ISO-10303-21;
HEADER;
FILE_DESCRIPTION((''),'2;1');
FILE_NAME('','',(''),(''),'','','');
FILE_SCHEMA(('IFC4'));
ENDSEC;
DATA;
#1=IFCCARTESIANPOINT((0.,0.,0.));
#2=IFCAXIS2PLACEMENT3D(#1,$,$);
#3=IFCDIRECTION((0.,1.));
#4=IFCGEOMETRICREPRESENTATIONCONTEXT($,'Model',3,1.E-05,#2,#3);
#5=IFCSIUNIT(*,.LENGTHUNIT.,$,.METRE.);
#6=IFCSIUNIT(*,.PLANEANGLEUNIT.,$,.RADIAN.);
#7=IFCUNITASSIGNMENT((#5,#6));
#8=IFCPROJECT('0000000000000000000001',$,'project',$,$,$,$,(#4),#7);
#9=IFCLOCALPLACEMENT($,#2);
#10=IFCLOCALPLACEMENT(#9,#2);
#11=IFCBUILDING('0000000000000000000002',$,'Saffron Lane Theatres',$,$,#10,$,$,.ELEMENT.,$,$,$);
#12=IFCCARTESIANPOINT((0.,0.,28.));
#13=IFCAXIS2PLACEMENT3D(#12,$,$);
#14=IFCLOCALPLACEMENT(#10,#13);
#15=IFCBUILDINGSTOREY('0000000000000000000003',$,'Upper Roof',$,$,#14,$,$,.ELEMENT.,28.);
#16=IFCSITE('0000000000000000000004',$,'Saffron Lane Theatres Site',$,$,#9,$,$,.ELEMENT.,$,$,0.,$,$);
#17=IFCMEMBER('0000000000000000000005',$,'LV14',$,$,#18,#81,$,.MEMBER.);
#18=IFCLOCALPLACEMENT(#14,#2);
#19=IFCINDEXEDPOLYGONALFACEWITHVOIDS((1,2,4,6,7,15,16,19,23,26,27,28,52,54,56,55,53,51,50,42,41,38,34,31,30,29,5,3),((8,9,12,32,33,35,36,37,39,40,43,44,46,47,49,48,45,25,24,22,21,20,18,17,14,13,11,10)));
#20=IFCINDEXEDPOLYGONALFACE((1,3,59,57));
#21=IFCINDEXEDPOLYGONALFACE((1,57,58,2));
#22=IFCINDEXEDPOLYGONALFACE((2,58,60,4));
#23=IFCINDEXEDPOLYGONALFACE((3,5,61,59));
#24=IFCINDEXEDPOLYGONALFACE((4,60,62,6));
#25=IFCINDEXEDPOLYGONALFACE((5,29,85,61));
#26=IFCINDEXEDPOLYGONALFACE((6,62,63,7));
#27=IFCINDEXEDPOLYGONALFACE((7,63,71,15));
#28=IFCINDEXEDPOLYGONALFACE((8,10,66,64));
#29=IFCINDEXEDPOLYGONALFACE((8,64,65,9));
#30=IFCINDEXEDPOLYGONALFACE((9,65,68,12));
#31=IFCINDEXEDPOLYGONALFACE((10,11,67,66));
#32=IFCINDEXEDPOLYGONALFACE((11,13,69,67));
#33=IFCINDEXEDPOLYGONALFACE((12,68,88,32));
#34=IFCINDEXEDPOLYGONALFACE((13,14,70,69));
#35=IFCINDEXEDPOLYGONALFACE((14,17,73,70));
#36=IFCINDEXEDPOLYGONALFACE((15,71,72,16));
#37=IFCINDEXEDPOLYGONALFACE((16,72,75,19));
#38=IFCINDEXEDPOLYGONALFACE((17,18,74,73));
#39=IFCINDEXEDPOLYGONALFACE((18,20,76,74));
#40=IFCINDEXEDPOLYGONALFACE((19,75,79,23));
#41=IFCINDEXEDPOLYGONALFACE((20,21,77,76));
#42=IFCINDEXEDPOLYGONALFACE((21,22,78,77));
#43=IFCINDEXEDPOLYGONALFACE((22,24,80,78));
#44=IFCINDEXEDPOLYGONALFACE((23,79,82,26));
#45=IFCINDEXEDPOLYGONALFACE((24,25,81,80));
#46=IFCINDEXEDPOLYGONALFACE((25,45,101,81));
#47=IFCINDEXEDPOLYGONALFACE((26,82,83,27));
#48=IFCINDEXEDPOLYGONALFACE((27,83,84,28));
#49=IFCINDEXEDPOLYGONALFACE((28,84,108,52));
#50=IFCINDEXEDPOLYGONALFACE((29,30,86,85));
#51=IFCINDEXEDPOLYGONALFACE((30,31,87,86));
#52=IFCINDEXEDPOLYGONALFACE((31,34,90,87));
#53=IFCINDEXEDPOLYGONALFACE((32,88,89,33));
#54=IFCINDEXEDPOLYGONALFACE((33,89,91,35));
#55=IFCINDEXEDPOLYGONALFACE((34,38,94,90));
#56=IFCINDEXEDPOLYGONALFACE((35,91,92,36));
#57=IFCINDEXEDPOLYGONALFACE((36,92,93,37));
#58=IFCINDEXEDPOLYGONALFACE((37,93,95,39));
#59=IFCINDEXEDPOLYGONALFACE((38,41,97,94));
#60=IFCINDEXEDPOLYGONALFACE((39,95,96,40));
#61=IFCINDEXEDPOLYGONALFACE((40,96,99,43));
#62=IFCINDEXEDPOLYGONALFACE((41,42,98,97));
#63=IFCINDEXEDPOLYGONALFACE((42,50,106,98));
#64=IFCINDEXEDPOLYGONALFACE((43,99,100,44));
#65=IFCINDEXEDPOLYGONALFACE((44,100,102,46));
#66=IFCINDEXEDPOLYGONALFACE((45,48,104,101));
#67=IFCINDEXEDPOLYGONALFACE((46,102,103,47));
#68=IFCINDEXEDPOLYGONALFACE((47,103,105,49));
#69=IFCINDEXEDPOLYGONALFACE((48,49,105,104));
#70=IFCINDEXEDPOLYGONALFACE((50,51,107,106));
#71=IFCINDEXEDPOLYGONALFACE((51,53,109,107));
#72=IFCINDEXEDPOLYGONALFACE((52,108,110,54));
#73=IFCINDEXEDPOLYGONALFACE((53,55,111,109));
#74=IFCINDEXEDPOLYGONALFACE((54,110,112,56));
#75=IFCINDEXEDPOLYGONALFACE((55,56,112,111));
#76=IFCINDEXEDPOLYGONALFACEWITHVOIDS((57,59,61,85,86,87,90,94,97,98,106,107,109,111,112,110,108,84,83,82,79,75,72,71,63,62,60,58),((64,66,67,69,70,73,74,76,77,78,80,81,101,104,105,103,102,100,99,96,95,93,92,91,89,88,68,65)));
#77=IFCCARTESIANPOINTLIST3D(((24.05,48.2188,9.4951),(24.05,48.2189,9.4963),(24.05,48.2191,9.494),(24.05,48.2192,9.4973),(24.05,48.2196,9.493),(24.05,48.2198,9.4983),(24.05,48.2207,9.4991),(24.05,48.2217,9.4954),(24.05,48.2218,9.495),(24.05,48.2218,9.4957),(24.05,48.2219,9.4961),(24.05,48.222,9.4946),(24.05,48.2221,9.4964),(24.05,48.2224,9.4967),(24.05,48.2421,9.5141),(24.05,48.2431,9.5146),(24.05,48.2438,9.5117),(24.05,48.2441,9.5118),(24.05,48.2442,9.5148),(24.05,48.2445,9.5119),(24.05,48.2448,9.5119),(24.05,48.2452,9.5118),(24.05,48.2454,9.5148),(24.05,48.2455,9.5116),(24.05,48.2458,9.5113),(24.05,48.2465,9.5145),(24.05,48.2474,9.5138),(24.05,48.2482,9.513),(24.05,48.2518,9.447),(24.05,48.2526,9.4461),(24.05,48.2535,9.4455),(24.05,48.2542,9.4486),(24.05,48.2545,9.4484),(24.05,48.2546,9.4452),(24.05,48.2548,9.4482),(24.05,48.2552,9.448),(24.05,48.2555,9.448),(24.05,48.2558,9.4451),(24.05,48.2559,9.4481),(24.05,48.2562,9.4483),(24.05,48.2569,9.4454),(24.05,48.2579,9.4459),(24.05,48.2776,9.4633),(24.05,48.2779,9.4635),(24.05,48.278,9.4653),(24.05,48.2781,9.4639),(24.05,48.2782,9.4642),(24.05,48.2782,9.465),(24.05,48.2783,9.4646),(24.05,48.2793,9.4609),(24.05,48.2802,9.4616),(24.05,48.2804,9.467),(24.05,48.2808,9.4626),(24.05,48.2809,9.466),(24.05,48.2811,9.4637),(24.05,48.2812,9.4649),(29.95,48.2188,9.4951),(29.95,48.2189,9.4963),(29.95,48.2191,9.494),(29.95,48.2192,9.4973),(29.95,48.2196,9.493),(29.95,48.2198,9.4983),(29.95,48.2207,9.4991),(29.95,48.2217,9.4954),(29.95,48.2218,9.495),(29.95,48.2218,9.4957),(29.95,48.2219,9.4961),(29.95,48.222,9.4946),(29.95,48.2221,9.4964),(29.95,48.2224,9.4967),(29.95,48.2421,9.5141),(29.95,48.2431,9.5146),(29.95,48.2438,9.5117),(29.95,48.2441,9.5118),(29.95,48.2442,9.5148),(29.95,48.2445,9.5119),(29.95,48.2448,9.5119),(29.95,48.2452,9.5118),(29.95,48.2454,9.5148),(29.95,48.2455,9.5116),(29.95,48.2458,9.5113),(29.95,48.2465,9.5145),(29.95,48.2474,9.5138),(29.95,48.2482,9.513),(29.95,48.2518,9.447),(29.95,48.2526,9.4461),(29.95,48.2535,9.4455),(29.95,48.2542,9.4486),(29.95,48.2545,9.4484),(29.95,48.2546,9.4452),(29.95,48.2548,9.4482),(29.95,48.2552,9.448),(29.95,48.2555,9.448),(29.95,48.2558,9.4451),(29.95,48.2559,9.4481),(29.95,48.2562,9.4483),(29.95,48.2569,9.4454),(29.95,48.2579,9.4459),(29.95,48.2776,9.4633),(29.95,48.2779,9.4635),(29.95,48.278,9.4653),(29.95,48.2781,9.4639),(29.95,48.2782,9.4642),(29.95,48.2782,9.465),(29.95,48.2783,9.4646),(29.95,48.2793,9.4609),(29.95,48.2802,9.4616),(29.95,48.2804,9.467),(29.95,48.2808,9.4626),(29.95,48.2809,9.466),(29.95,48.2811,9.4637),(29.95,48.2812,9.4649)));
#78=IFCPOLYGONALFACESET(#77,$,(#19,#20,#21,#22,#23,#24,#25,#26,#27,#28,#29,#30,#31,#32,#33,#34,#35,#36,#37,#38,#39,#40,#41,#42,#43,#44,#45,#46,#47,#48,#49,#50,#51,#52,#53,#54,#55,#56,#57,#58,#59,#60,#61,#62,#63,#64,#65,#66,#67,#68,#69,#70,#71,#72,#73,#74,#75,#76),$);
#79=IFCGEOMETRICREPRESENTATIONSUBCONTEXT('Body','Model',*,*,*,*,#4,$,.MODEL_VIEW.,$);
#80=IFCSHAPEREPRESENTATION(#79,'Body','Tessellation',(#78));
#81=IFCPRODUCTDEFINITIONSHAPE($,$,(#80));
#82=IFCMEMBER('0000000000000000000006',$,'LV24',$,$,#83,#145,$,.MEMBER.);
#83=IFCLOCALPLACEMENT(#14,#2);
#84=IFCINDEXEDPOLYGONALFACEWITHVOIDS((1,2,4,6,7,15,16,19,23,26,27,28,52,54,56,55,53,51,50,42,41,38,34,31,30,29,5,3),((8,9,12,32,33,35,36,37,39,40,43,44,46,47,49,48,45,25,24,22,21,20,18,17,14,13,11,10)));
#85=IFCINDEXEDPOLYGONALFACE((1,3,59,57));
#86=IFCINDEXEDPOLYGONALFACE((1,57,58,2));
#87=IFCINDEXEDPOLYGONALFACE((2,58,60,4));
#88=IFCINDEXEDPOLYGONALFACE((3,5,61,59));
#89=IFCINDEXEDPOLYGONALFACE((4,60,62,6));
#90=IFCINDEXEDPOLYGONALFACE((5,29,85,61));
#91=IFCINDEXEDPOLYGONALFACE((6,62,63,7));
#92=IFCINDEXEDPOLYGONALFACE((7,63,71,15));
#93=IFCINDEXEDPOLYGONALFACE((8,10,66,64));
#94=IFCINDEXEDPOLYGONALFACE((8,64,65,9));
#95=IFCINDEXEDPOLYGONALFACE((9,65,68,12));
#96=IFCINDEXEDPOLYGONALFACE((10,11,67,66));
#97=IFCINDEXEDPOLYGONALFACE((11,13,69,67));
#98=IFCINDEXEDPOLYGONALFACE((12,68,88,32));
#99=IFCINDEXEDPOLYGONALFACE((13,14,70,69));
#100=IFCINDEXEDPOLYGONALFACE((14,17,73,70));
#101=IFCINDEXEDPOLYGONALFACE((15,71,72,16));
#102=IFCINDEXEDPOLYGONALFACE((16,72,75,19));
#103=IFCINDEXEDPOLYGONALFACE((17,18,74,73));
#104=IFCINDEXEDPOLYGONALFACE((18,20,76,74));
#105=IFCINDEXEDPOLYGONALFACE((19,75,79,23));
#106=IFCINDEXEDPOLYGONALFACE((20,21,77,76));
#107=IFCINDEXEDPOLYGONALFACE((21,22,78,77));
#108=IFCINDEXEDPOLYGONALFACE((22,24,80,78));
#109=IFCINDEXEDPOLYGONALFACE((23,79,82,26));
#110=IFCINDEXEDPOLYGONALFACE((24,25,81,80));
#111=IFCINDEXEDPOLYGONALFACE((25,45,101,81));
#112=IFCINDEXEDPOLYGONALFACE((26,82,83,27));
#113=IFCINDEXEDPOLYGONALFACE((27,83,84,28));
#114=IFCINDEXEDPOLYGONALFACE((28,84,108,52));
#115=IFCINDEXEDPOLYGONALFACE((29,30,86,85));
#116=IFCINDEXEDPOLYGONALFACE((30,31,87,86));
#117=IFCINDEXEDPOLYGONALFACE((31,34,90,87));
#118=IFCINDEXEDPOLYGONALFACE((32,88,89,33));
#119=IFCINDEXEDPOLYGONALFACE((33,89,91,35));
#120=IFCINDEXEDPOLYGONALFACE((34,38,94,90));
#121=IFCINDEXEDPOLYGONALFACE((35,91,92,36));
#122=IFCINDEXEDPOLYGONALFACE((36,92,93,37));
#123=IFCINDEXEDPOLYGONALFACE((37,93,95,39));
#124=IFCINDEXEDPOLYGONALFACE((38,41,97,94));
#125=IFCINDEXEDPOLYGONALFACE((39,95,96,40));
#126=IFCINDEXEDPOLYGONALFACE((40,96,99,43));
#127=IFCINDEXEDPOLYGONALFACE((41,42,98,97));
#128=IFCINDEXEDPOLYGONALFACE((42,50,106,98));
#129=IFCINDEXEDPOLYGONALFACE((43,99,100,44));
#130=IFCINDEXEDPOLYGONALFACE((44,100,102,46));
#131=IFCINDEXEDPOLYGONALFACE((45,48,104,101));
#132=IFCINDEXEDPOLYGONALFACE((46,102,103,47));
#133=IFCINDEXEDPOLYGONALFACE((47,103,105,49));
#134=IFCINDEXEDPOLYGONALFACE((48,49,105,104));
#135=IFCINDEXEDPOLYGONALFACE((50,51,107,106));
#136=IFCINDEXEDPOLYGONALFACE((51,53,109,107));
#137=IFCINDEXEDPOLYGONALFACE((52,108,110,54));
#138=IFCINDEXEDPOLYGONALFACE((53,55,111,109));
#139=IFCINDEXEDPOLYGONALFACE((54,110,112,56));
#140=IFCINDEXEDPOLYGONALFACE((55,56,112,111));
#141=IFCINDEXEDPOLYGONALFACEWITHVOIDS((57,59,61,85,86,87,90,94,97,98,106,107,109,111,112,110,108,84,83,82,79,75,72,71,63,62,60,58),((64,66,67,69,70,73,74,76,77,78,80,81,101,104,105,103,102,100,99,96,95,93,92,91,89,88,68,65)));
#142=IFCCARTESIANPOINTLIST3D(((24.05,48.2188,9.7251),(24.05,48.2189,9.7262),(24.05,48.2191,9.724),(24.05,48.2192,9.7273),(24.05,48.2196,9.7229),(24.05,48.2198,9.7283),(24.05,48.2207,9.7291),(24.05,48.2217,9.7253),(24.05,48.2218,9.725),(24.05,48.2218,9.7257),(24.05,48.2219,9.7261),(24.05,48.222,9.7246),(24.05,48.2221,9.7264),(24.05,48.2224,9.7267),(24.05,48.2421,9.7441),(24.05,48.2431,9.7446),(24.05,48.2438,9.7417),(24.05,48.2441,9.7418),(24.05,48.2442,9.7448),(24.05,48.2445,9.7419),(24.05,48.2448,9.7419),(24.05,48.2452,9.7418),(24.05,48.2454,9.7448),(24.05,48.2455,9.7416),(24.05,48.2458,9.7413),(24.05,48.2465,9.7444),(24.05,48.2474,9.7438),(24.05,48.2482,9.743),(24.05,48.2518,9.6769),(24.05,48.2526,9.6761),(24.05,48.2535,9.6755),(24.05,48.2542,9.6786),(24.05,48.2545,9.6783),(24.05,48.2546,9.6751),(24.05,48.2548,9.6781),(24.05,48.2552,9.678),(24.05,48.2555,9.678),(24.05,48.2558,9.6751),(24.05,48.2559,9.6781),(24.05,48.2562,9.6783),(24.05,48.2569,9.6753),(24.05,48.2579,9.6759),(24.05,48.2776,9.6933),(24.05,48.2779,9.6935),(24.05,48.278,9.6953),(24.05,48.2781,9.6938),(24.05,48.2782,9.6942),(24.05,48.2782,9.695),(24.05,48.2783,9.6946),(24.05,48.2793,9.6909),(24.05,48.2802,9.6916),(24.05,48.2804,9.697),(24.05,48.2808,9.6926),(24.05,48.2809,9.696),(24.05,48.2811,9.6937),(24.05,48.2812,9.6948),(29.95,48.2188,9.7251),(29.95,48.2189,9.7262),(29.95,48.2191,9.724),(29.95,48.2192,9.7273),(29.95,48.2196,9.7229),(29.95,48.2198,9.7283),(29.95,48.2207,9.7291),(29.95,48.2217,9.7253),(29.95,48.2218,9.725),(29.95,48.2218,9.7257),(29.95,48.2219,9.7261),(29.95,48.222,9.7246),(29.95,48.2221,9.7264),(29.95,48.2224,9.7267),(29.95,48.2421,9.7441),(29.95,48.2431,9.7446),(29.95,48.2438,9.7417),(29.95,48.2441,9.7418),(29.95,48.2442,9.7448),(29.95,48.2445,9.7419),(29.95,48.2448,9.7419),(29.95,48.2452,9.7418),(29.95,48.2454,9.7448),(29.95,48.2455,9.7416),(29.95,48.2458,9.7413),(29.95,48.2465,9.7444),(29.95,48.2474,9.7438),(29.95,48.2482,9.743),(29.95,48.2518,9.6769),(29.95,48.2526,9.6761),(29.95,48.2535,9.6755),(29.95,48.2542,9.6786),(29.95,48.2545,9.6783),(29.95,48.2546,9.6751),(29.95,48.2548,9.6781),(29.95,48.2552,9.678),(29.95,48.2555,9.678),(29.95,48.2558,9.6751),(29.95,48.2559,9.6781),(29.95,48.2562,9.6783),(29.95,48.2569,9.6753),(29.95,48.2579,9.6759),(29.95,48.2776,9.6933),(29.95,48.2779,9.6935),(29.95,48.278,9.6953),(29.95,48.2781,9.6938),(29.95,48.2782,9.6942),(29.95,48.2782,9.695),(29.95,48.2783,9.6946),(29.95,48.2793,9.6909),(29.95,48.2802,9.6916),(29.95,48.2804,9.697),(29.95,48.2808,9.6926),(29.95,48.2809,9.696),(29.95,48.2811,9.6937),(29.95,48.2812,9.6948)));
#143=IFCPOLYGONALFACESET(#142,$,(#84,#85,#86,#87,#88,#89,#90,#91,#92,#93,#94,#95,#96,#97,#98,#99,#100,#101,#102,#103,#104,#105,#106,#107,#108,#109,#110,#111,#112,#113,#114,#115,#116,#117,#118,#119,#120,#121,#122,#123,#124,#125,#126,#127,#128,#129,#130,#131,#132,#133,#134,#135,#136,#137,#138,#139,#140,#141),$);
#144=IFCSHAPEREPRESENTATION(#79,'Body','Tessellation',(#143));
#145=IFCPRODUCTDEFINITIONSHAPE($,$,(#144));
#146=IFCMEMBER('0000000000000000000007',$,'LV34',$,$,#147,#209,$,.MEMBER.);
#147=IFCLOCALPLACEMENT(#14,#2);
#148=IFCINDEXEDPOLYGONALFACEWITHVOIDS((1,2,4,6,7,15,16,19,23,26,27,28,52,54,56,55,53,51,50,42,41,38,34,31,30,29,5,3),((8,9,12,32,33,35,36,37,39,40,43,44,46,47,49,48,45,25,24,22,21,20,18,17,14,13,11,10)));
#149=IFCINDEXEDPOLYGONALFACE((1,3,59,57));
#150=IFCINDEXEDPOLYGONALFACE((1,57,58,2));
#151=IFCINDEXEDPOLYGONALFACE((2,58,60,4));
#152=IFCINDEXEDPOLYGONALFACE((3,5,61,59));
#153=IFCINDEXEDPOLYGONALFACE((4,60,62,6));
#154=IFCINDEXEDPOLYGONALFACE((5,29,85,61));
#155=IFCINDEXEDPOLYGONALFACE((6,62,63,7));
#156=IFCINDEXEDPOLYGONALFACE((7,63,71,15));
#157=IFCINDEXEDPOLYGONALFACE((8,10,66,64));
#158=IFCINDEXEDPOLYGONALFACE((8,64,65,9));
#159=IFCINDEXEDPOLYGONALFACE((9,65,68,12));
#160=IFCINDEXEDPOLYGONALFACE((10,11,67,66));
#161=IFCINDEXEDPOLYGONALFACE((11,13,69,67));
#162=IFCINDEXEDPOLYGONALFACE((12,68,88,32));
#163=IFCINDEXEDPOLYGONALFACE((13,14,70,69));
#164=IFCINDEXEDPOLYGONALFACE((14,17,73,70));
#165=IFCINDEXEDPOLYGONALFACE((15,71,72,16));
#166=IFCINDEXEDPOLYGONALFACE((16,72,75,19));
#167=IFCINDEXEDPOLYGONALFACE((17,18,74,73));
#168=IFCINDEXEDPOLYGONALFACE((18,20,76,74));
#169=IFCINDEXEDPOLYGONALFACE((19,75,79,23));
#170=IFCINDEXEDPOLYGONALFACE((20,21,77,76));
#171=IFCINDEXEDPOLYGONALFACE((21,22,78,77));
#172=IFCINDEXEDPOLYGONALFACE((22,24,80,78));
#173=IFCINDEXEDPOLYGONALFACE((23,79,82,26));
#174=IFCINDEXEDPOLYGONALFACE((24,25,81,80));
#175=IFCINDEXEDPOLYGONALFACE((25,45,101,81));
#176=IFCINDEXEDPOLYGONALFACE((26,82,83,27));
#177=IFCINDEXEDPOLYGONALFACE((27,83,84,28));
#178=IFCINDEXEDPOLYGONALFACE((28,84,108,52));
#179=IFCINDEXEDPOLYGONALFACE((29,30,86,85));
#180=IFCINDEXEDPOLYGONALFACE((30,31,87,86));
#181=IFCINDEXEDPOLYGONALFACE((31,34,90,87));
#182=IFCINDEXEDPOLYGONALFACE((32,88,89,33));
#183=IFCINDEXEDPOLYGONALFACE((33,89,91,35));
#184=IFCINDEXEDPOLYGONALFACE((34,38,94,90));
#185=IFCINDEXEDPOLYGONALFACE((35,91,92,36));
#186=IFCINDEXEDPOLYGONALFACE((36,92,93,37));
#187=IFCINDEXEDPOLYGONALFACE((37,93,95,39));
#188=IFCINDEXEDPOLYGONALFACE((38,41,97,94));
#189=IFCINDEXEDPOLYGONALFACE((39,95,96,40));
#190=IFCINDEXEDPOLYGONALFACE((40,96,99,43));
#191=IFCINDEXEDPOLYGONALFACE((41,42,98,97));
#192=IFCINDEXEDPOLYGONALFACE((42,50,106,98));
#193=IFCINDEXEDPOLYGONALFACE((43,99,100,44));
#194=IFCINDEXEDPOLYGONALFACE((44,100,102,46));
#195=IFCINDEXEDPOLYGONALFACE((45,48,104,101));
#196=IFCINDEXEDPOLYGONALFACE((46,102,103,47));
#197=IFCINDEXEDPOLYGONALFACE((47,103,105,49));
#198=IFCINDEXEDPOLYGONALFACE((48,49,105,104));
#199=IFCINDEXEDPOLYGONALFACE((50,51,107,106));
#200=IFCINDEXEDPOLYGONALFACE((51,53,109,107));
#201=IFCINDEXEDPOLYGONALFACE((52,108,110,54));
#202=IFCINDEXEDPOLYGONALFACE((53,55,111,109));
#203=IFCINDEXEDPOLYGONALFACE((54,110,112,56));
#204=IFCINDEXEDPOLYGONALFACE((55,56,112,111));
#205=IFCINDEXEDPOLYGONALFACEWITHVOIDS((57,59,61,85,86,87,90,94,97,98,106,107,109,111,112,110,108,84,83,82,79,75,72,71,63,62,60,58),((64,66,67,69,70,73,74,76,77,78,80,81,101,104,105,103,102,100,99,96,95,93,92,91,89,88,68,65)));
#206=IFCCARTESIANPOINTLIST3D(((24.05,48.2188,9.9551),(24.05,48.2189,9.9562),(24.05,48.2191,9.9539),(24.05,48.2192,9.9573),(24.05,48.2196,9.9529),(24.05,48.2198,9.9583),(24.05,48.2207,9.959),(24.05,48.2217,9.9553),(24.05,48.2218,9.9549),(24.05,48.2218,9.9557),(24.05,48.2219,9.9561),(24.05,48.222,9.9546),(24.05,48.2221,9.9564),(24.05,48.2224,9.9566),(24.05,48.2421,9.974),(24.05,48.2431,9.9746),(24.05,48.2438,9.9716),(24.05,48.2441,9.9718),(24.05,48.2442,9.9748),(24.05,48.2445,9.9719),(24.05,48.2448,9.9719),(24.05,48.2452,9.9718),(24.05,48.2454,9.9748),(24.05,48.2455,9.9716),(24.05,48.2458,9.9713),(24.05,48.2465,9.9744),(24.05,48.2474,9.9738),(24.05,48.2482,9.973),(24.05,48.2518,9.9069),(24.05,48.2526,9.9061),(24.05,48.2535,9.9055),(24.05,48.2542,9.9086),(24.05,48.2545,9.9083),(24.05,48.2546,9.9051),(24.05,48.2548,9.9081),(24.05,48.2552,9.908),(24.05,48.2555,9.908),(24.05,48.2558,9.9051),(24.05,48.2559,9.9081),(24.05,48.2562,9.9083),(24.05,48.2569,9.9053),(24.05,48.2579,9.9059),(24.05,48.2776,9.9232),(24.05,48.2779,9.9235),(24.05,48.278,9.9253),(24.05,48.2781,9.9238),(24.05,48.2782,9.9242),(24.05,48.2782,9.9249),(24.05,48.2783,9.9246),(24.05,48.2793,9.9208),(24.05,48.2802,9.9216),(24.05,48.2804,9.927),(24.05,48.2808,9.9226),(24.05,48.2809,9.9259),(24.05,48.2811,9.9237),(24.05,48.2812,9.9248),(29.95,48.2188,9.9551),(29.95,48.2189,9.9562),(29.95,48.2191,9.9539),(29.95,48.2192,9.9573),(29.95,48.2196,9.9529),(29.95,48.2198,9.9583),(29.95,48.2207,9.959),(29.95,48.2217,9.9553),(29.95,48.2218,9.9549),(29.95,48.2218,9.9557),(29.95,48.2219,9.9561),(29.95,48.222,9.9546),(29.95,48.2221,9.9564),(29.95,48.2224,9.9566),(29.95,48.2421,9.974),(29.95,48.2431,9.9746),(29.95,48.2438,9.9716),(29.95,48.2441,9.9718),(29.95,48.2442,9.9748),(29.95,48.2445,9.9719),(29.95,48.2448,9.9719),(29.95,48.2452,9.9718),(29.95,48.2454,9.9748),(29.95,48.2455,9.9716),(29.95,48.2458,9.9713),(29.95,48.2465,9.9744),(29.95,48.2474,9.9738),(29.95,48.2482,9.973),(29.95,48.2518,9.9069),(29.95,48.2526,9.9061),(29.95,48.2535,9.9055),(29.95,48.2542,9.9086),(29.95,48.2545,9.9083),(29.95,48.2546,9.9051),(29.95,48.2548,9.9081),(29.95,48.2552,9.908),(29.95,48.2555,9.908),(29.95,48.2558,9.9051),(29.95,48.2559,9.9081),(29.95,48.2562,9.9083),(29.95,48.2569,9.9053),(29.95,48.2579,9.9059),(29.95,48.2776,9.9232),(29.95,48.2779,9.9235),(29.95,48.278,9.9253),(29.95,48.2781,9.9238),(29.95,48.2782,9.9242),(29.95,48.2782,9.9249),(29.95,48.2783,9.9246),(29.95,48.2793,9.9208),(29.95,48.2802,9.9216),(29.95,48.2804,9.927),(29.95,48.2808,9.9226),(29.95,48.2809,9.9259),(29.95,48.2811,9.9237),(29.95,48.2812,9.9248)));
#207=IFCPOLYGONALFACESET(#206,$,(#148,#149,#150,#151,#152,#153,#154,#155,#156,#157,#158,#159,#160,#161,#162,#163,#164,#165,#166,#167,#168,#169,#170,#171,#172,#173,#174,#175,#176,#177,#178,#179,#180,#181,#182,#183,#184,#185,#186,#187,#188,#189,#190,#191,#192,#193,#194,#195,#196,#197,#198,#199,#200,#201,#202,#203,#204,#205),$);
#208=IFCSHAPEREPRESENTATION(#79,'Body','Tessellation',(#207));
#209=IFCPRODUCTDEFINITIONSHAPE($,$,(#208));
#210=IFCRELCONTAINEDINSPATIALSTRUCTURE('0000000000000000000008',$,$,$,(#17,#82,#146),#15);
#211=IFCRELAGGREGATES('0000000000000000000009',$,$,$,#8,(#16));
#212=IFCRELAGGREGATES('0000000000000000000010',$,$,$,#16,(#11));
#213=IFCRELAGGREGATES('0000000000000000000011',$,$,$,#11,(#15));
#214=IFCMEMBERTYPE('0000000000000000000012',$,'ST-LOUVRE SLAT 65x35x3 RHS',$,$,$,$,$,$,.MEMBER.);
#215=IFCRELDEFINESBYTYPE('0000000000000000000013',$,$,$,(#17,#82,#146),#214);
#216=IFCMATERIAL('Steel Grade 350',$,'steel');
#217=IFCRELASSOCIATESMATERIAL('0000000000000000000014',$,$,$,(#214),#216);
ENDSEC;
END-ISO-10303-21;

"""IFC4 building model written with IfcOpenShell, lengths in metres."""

from ifc_helpers import new_model, si_unit, direction, frame, origin, origin_2d, place, context, subcontext, project, spatial, hollow_rectangle, extrude, material, material_profile, profile_set, type_object, element, save


model = new_model("IFC4")

# Units and contexts
model_context = context("Model", 3, precision=1e-05, world=origin(), true_north=direction((0.0, 1.0)))
body_context = subcontext(model_context, "Body", "Model", "MODEL_VIEW")
ifc_project = project(units=[si_unit("LENGTHUNIT", "METRE"), si_unit("PLANEANGLEUNIT", "RADIAN")], contexts=[model_context])

# Site, building, storey
site_placement = place(None, origin())
site = spatial("IfcSite", under=ifc_project, at=site_placement, Name="Saffron Lane Theatres Site", CompositionType="ELEMENT", RefElevation=0.0)
building_placement = place(site_placement, origin())
building = spatial("IfcBuilding", under=site, at=building_placement, Name="Saffron Lane Theatres", CompositionType="ELEMENT")
storey_placement = place(building_placement, frame((0.0, 0.0, 28.0)))
storey = spatial("IfcBuildingStorey", under=building, at=storey_placement, Name="Upper Roof", CompositionType="ELEMENT", Elevation=28.0)

# Members
ifc_material_1 = material(Name="Steel Grade 350", Category="steel")
ifc_material_profile_1 = material_profile(ifc_material_1, hollow_rectangle(XDim=0.0349, YDim=0.0649, WallThickness=0.0029, InnerFilletRadius=0.0015, OuterFilletRadius=0.0044, at=origin_2d()))
ifc_profile_set_1 = profile_set([ifc_material_profile_1], Name="Steel Grade 350")
member_type_1 = type_object("IfcMemberType", Name="ST-LOUVRE SLAT 65x35x3 RHS", PredefinedType="MEMBER", material=ifc_profile_set_1)
for number, where, z_axis, x_axis, name in (
    (1, (24.05, 48.25, 9.48), (1.0, 0.0, 0.0), (0.0, 0.819152, 0.573576), "LV14"),
    (2, (24.05, 48.25, 9.71), (1.0, 0.0, 0.0), (0.0, 0.819152, 0.573576), "LV24"),
    (3, (24.05, 48.25, 9.9399), (1.0, 0.0, 0.0), (0.0, 0.819152, 0.573576), "LV34"),
):
    element("IfcMember", number, at=place(storey_placement, frame(where, z_axis=z_axis, x_axis=x_axis)), inside=storey, type_object=member_type_1, Name=name, PredefinedType="MEMBER", context=body_context, shape_type="SweptSolid", body=[
        extrude(hollow_rectangle(XDim=0.0349, YDim=0.0649, WallThickness=0.0029, InnerFilletRadius=0.0015, OuterFilletRadius=0.0044, at=origin_2d()), origin(), (0.0, 0.0, 1.0), 5.8999),
    ])

save(model, "model.ifc")
